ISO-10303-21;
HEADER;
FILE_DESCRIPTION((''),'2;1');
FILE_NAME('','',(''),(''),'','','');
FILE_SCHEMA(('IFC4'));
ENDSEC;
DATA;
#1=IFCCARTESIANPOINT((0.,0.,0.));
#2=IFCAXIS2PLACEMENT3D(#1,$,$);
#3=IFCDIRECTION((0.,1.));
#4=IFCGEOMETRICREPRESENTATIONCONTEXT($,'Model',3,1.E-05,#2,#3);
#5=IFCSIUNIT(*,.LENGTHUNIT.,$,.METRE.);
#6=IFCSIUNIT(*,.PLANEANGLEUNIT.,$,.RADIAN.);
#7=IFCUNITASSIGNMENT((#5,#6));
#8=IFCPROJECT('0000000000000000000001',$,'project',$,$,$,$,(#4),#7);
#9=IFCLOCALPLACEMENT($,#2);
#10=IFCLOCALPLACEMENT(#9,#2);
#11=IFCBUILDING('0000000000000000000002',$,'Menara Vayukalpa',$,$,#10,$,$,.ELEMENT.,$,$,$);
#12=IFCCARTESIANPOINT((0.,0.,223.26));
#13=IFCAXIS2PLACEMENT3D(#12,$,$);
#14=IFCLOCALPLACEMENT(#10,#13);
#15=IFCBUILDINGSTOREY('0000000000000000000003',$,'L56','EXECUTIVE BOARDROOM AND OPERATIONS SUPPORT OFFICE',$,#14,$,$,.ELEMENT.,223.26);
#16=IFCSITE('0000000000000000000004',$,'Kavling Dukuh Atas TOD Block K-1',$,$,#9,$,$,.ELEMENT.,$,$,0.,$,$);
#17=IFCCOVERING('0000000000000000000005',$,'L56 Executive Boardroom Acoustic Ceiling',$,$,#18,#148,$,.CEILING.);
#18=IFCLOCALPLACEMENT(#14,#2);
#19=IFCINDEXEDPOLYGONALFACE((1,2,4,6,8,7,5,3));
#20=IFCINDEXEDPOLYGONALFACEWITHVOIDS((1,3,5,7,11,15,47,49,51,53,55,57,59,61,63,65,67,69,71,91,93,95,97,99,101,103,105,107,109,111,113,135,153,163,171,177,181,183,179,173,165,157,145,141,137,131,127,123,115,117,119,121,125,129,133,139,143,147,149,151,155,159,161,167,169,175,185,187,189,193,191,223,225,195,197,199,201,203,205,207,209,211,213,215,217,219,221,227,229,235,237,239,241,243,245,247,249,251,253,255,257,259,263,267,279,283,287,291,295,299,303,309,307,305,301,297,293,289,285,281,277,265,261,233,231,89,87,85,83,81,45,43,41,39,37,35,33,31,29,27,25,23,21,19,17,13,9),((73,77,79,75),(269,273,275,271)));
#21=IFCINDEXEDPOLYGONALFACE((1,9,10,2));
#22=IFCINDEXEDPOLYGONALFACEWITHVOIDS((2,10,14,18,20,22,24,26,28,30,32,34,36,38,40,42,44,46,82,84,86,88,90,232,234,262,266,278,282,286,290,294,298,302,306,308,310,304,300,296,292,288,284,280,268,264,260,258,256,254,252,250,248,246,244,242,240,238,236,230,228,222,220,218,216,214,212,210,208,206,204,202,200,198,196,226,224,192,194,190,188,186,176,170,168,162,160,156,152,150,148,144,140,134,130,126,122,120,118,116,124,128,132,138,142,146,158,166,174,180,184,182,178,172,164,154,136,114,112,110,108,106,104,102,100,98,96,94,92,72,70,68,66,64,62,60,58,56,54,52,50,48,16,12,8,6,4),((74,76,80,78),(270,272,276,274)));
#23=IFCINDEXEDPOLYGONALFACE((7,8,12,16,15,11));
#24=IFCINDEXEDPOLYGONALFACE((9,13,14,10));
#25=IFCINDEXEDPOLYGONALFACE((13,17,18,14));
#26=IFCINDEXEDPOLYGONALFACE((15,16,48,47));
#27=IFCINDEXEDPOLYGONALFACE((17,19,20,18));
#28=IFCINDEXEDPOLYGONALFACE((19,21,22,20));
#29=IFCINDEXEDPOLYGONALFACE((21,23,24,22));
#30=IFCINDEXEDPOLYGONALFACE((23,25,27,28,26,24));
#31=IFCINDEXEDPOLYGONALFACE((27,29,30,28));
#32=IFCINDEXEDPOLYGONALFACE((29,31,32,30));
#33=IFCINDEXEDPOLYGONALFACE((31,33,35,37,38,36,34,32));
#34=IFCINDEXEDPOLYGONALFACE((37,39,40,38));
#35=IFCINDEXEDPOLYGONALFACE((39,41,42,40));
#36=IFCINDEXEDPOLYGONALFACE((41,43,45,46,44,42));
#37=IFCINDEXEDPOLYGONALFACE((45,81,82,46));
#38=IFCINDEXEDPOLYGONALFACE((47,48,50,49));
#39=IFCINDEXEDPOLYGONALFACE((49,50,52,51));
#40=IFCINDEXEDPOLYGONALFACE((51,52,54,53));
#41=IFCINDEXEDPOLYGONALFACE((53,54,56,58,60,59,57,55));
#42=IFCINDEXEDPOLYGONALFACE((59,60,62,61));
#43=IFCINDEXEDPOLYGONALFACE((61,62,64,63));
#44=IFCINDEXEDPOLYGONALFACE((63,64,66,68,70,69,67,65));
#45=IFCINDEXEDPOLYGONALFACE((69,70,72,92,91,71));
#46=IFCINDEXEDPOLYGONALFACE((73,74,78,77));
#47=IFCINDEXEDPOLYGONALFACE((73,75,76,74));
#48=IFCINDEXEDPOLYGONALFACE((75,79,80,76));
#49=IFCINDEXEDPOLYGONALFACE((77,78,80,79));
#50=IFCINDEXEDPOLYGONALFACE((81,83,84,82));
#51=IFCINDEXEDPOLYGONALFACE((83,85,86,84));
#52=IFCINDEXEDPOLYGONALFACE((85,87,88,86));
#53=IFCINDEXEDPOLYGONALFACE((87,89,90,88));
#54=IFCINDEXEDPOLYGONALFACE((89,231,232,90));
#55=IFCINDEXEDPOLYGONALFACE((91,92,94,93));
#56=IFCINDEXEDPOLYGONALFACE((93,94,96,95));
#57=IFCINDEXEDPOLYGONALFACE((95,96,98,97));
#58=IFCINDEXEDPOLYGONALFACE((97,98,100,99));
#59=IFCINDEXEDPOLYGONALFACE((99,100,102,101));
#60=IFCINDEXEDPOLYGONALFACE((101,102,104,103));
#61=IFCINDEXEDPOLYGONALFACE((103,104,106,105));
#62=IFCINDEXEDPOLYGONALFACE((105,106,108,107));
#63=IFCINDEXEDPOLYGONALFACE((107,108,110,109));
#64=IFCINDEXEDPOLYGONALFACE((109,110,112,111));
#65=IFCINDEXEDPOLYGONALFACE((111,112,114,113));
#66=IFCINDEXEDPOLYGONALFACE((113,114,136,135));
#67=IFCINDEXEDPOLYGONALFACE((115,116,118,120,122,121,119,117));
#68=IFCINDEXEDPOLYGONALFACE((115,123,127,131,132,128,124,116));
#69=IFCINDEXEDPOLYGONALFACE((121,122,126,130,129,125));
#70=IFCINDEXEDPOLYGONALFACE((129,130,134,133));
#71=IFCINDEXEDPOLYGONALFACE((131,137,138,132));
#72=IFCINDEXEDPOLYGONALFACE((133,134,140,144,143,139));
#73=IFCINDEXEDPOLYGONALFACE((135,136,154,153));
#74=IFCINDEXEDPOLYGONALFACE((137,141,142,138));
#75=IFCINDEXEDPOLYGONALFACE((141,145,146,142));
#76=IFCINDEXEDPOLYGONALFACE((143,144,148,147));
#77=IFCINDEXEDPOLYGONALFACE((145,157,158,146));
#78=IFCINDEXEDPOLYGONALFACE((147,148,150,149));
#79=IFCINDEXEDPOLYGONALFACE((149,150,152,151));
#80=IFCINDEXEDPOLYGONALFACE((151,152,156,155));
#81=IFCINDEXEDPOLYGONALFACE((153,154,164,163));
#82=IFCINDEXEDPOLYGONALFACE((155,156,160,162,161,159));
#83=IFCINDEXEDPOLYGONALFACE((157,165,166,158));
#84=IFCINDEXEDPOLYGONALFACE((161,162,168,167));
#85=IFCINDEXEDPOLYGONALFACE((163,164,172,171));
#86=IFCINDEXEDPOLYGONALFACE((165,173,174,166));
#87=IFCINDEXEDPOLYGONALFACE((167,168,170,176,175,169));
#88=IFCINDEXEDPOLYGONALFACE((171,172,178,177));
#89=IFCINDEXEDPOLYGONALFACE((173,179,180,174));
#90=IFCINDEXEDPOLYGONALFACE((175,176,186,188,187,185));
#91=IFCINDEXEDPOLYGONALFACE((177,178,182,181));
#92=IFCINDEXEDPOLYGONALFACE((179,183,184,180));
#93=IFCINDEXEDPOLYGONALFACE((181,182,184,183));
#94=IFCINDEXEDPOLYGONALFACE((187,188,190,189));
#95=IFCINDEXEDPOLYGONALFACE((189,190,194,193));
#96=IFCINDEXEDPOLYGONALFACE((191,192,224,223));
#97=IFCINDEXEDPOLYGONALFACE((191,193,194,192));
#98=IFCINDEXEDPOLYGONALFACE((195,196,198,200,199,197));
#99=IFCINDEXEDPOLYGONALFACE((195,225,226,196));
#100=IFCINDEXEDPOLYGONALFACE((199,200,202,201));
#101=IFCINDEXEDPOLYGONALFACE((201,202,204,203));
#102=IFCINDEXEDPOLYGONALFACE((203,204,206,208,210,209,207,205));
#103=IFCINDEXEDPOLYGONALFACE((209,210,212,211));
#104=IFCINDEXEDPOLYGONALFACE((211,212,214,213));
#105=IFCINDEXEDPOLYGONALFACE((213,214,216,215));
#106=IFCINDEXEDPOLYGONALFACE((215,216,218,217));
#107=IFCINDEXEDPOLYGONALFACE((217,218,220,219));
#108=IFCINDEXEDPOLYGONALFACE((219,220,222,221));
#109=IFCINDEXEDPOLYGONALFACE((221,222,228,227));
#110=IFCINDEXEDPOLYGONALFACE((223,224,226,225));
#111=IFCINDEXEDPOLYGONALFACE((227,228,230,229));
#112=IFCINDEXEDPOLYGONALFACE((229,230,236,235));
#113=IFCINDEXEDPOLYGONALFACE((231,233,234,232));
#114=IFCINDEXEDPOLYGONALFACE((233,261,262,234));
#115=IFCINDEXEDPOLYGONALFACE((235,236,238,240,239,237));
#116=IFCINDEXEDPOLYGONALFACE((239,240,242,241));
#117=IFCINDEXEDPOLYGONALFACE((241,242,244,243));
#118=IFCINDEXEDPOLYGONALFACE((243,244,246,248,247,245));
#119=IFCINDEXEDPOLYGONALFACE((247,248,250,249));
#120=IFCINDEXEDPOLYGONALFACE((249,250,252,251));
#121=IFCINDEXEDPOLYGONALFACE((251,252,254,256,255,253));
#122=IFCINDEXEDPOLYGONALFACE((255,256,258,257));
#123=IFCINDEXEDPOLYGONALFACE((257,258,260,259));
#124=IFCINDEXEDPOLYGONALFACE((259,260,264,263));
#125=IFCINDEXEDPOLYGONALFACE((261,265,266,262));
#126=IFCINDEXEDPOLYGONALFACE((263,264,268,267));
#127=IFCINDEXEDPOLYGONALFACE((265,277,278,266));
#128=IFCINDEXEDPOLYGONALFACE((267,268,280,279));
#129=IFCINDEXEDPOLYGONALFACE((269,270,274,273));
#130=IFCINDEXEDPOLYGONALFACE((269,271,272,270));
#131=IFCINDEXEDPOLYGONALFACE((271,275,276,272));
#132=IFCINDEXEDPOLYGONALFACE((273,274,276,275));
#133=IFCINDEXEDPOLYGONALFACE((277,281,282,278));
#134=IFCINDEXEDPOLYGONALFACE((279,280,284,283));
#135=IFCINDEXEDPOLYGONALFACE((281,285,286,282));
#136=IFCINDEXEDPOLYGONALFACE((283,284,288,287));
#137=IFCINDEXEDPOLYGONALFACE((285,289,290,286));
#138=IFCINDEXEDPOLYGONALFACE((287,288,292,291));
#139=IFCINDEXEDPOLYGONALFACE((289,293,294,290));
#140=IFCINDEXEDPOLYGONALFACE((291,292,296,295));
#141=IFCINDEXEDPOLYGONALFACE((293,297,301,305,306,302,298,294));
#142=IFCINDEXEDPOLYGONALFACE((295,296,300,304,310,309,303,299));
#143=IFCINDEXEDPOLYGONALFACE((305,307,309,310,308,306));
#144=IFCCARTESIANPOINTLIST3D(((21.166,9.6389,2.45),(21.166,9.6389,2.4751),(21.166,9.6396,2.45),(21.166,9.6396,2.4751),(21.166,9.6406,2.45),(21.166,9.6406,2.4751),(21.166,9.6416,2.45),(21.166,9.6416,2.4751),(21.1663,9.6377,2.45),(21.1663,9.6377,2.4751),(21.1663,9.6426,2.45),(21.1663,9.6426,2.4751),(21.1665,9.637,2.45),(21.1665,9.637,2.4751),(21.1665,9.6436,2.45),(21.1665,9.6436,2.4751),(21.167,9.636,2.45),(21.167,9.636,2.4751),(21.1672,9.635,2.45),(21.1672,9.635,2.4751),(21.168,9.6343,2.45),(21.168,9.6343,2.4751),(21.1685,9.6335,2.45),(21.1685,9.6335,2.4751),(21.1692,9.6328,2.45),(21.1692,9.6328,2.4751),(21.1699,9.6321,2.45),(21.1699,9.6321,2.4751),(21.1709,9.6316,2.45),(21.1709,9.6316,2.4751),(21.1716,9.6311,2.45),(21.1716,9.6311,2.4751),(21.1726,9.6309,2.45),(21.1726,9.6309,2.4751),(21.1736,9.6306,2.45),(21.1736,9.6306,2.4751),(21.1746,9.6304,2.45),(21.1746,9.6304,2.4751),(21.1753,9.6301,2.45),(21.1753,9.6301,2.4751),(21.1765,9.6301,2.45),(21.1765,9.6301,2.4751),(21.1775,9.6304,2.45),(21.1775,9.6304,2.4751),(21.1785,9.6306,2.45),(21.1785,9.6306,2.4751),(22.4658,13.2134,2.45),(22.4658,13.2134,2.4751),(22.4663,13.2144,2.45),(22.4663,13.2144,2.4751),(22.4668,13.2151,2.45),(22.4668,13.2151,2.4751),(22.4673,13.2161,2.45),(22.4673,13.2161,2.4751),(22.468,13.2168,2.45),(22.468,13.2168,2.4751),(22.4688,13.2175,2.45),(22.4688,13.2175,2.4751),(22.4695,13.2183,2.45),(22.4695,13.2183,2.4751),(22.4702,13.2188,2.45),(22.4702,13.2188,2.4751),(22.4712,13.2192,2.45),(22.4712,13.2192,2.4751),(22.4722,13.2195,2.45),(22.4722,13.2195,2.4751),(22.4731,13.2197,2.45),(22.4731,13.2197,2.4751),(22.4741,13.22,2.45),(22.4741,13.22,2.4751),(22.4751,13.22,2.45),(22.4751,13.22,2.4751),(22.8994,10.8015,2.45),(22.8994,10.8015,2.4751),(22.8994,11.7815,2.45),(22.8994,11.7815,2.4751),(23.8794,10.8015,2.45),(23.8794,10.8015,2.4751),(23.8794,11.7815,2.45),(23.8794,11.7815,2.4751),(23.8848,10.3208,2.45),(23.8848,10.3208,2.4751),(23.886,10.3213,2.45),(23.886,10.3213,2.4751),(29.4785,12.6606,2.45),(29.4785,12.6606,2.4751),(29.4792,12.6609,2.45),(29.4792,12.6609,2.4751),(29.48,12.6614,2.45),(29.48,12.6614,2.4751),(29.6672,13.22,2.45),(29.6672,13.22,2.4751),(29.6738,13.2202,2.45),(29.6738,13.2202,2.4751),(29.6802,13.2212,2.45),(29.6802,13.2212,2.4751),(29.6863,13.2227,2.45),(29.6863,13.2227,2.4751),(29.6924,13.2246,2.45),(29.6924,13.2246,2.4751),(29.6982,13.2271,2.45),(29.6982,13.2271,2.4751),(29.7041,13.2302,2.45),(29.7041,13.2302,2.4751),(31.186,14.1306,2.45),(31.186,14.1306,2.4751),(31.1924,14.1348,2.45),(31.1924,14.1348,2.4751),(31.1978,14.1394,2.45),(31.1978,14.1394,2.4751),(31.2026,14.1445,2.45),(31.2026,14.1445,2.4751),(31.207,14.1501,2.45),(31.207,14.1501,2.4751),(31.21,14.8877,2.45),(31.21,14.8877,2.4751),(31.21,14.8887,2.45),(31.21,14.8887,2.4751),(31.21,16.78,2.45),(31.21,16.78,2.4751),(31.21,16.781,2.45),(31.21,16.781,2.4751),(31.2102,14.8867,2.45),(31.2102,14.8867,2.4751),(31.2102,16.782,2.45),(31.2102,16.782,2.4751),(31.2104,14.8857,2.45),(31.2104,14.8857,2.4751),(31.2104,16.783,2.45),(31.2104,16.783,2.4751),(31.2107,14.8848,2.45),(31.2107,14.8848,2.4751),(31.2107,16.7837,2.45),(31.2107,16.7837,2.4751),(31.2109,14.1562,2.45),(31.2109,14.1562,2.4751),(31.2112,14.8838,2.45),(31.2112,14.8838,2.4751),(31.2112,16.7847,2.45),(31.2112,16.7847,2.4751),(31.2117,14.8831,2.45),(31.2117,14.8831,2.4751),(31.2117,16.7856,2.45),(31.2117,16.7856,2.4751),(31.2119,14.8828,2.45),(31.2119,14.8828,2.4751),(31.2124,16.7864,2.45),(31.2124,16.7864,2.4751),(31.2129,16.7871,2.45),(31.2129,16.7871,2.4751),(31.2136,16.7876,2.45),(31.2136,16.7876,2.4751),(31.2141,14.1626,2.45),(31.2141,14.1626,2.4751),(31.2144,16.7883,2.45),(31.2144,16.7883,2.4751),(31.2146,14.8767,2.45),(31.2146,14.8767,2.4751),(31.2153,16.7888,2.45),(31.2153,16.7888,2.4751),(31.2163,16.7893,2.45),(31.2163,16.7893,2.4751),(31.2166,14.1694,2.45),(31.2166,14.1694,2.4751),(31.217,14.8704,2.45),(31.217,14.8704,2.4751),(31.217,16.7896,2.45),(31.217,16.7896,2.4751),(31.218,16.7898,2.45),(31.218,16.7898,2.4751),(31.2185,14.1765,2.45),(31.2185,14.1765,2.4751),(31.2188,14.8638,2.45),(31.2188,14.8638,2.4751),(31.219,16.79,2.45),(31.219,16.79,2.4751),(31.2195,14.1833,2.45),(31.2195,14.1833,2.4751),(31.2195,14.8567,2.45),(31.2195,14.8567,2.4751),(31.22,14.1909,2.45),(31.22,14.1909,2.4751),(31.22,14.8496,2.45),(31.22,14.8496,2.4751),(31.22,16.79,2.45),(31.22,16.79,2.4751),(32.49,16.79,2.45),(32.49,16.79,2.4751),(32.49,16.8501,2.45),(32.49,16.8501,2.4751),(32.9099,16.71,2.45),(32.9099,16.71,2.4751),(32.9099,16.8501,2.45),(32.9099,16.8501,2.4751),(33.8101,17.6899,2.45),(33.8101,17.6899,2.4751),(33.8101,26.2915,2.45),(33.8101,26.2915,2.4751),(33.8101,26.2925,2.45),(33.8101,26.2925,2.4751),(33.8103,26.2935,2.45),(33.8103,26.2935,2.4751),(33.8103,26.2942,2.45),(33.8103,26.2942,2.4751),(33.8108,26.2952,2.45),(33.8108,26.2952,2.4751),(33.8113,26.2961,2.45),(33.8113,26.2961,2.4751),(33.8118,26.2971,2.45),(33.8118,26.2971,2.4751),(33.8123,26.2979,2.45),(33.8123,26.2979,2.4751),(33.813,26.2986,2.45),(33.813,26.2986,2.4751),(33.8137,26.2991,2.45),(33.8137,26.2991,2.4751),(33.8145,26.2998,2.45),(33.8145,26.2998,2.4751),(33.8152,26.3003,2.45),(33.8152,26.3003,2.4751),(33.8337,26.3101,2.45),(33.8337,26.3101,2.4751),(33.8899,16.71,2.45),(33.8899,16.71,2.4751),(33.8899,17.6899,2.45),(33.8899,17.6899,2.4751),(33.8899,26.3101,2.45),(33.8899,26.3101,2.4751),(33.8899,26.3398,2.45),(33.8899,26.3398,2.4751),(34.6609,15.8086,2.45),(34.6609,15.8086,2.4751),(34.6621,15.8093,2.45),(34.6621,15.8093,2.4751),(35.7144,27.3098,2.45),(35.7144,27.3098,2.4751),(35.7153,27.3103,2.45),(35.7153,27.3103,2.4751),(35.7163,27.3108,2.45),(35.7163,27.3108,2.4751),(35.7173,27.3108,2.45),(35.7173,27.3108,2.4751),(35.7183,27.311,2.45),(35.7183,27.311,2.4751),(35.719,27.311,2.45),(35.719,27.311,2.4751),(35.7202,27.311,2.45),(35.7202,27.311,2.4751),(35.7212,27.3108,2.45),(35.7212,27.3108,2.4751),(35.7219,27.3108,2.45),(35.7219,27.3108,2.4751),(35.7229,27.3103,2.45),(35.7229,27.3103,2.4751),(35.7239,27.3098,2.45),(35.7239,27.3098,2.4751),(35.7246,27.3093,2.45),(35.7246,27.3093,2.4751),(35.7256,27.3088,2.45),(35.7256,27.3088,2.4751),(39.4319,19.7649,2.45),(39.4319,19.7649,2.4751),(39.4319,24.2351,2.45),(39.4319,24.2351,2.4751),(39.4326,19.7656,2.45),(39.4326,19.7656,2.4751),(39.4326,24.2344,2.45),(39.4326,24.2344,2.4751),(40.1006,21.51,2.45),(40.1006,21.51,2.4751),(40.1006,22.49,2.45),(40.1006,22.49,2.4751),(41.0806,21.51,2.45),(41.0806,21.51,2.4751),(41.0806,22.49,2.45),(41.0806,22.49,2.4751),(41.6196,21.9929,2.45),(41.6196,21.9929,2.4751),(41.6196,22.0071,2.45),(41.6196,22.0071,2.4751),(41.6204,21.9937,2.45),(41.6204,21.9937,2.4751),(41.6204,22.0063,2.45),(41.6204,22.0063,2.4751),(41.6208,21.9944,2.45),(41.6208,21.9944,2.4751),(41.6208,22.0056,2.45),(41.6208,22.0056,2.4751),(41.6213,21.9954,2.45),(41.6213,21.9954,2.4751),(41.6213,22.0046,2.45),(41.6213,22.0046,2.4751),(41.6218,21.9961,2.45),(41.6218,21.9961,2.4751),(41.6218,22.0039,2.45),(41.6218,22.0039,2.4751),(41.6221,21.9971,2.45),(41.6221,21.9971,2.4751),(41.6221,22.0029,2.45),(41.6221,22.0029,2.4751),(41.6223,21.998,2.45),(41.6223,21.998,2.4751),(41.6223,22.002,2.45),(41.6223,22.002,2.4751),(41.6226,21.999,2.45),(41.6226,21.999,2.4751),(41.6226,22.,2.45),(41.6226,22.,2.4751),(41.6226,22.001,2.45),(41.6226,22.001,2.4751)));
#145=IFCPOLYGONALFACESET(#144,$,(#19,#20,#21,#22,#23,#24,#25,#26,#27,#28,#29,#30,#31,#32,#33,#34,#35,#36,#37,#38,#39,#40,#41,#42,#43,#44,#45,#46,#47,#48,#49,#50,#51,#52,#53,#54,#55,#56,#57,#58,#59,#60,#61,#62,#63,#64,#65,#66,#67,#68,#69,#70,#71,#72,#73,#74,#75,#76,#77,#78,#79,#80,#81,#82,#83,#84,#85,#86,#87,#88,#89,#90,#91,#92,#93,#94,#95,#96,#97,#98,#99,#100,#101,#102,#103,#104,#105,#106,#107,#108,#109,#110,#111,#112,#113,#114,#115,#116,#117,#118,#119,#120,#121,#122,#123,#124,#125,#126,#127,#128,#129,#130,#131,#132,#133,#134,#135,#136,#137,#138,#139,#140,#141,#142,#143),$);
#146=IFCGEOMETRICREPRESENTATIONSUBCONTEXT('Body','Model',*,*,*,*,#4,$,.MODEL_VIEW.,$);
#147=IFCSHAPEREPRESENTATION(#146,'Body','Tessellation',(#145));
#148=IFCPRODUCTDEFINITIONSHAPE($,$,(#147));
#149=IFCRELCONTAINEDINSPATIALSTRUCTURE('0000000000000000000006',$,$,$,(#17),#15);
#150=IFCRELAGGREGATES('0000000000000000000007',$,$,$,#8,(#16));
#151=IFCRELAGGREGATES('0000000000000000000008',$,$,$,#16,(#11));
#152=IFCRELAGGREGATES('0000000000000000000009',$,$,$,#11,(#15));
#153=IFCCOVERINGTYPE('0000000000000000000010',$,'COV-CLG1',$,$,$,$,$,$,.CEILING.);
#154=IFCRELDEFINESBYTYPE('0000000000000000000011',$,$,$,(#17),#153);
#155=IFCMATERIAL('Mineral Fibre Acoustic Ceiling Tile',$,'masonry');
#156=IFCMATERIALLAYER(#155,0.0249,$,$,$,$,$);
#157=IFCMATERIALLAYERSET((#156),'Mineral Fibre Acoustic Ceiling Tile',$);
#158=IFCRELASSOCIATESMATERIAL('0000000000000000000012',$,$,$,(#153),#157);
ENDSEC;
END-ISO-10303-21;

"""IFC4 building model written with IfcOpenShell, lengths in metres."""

from ifc_helpers import new_model, si_unit, direction, frame, origin, place, context, subcontext, project, spatial, polyline, outline, extrude, material, layer, layer_set, type_object, element, save


model = new_model("IFC4")

# Units and contexts
model_context = context("Model", 3, precision=1e-05, world=origin(), true_north=direction((0.0, 1.0)))
body_context = subcontext(model_context, "Body", "Model", "MODEL_VIEW")
ifc_project = project(units=[si_unit("LENGTHUNIT", "METRE"), si_unit("PLANEANGLEUNIT", "RADIAN")], contexts=[model_context])

# Site, building, storey
site_placement = place(None, origin())
site = spatial("IfcSite", under=ifc_project, at=site_placement, Name="Kavling Dukuh Atas TOD Block K-1", CompositionType="ELEMENT", RefElevation=0.0)
building_placement = place(site_placement, origin())
building = spatial("IfcBuilding", under=site, at=building_placement, Name="Menara Vayukalpa", CompositionType="ELEMENT")
storey_placement = place(building_placement, frame((0.0, 0.0, 223.26)))
storey = spatial("IfcBuildingStorey", under=building, at=storey_placement, Name="L56", Description="EXECUTIVE BOARDROOM AND OPERATIONS SUPPORT OFFICE", CompositionType="ELEMENT", Elevation=223.26)

# Covering
ifc_material_1 = material(Name="Mineral Fibre Acoustic Ceiling Tile", Category="masonry")
ifc_layer_1 = layer(ifc_material_1, 0.0249)
ifc_layer_set_1 = layer_set([ifc_layer_1], Name="Mineral Fibre Acoustic Ceiling Tile")
covering_type_1 = type_object("IfcCoveringType", Name="COV-CLG1", PredefinedType="CEILING", material=ifc_layer_set_1)
covering_1_placement = place(storey_placement, frame((0.0, 0.0, 2.45)))
element("IfcCovering", 1, at=covering_1_placement, inside=storey, type_object=covering_type_1, Name="L56 Executive Boardroom Acoustic Ceiling", PredefinedType="CEILING", context=body_context, shape_type="SweptSolid", body=[
    extrude(outline(polyline([(33.8101, 26.2915), (33.8101, 26.2925), (33.8103, 26.2935), (33.8103, 26.2942), (33.8108, 26.2952), (33.8113, 26.2961), (33.8118, 26.2971), (33.8123, 26.2979), (33.813, 26.2986), (33.8137, 26.2991), (33.8145, 26.2998), (33.8152, 26.3003), (33.8337, 26.3101), (33.8899, 26.3101), (33.8899, 26.3398), (35.7144, 27.3098), (35.7153, 27.3103), (35.7163, 27.3108), (35.7173, 27.3108), (35.7183, 27.311), (35.719, 27.311), (35.7202, 27.311), (35.7212, 27.3108), (35.7219, 27.3108), (35.7229, 27.3103), (35.7239, 27.3098), (35.7246, 27.3093), (35.7256, 27.3088), (39.4319, 24.2351), (39.4326, 24.2344), (41.6196, 22.0071), (41.6204, 22.0063), (41.6208, 22.0056), (41.6213, 22.0046), (41.6218, 22.0039), (41.6221, 22.0029), (41.6223, 22.002), (41.6226, 22.001), (41.6226, 22.0), (41.6226, 21.999), (41.6223, 21.998), (41.6221, 21.9971), (41.6218, 21.9961), (41.6213, 21.9954), (41.6208, 21.9944), (41.6204, 21.9937), (41.6196, 21.9929), (39.4326, 19.7656), (39.4319, 19.7649), (34.6621, 15.8093), (34.6609, 15.8086), (29.48, 12.6614), (29.4792, 12.6609), (29.4785, 12.6606), (23.886, 10.3213), (23.8848, 10.3208), (21.1785, 9.6306), (21.1775, 9.6304), (21.1765, 9.6301), (21.1753, 9.6301), (21.1746, 9.6304), (21.1736, 9.6306), (21.1726, 9.6309), (21.1716, 9.6311), (21.1709, 9.6316), (21.1699, 9.6321), (21.1692, 9.6328), (21.1685, 9.6335), (21.168, 9.6343), (21.1672, 9.635), (21.167, 9.636), (21.1665, 9.637), (21.1663, 9.6377), (21.166, 9.6389), (21.166, 9.6396), (21.166, 9.6406), (21.166, 9.6416), (21.1663, 9.6426), (21.1665, 9.6436), (22.4658, 13.2134), (22.4663, 13.2144), (22.4668, 13.2151), (22.4673, 13.2161), (22.468, 13.2168), (22.4688, 13.2175), (22.4695, 13.2183), (22.4702, 13.2188), (22.4712, 13.2192), (22.4722, 13.2195), (22.4731, 13.2197), (22.4741, 13.22), (22.4751, 13.22), (29.6672, 13.22), (29.6738, 13.2202), (29.6802, 13.2212), (29.6863, 13.2227), (29.6924, 13.2246), (29.6982, 13.2271), (29.7041, 13.2302), (31.186, 14.1306), (31.1924, 14.1348), (31.1978, 14.1394), (31.2026, 14.1445), (31.207, 14.1501), (31.2109, 14.1562), (31.2141, 14.1626), (31.2166, 14.1694), (31.2185, 14.1765), (31.2195, 14.1833), (31.22, 14.1909), (31.22, 14.8496), (31.2195, 14.8567), (31.2188, 14.8638), (31.217, 14.8704), (31.2146, 14.8767), (31.2119, 14.8828), (31.2117, 14.8831), (31.2112, 14.8838), (31.2107, 14.8848), (31.2104, 14.8857), (31.2102, 14.8867), (31.21, 14.8877), (31.21, 14.8887), (31.21, 16.78), (31.21, 16.781), (31.2102, 16.782), (31.2104, 16.783), (31.2107, 16.7837), (31.2112, 16.7847), (31.2117, 16.7856), (31.2124, 16.7864), (31.2129, 16.7871), (31.2136, 16.7876), (31.2144, 16.7883), (31.2153, 16.7888), (31.2163, 16.7893), (31.217, 16.7896), (31.218, 16.7898), (31.219, 16.79), (31.22, 16.79), (32.49, 16.79), (32.49, 16.8501), (32.9099, 16.8501), (32.9099, 16.71), (33.8899, 16.71), (33.8899, 17.6899), (33.8101, 17.6899), (33.8101, 26.2915)]), holes=[polyline([(23.8794, 11.7815), (22.8994, 11.7815), (22.8994, 10.8015), (23.8794, 10.8015), (23.8794, 11.7815)]), polyline([(41.0806, 22.49), (40.1006, 22.49), (40.1006, 21.51), (41.0806, 21.51), (41.0806, 22.49)])]), origin(), (0.0, 0.0, 1.0), 0.0251),
])

save(model, "model.ifc")
